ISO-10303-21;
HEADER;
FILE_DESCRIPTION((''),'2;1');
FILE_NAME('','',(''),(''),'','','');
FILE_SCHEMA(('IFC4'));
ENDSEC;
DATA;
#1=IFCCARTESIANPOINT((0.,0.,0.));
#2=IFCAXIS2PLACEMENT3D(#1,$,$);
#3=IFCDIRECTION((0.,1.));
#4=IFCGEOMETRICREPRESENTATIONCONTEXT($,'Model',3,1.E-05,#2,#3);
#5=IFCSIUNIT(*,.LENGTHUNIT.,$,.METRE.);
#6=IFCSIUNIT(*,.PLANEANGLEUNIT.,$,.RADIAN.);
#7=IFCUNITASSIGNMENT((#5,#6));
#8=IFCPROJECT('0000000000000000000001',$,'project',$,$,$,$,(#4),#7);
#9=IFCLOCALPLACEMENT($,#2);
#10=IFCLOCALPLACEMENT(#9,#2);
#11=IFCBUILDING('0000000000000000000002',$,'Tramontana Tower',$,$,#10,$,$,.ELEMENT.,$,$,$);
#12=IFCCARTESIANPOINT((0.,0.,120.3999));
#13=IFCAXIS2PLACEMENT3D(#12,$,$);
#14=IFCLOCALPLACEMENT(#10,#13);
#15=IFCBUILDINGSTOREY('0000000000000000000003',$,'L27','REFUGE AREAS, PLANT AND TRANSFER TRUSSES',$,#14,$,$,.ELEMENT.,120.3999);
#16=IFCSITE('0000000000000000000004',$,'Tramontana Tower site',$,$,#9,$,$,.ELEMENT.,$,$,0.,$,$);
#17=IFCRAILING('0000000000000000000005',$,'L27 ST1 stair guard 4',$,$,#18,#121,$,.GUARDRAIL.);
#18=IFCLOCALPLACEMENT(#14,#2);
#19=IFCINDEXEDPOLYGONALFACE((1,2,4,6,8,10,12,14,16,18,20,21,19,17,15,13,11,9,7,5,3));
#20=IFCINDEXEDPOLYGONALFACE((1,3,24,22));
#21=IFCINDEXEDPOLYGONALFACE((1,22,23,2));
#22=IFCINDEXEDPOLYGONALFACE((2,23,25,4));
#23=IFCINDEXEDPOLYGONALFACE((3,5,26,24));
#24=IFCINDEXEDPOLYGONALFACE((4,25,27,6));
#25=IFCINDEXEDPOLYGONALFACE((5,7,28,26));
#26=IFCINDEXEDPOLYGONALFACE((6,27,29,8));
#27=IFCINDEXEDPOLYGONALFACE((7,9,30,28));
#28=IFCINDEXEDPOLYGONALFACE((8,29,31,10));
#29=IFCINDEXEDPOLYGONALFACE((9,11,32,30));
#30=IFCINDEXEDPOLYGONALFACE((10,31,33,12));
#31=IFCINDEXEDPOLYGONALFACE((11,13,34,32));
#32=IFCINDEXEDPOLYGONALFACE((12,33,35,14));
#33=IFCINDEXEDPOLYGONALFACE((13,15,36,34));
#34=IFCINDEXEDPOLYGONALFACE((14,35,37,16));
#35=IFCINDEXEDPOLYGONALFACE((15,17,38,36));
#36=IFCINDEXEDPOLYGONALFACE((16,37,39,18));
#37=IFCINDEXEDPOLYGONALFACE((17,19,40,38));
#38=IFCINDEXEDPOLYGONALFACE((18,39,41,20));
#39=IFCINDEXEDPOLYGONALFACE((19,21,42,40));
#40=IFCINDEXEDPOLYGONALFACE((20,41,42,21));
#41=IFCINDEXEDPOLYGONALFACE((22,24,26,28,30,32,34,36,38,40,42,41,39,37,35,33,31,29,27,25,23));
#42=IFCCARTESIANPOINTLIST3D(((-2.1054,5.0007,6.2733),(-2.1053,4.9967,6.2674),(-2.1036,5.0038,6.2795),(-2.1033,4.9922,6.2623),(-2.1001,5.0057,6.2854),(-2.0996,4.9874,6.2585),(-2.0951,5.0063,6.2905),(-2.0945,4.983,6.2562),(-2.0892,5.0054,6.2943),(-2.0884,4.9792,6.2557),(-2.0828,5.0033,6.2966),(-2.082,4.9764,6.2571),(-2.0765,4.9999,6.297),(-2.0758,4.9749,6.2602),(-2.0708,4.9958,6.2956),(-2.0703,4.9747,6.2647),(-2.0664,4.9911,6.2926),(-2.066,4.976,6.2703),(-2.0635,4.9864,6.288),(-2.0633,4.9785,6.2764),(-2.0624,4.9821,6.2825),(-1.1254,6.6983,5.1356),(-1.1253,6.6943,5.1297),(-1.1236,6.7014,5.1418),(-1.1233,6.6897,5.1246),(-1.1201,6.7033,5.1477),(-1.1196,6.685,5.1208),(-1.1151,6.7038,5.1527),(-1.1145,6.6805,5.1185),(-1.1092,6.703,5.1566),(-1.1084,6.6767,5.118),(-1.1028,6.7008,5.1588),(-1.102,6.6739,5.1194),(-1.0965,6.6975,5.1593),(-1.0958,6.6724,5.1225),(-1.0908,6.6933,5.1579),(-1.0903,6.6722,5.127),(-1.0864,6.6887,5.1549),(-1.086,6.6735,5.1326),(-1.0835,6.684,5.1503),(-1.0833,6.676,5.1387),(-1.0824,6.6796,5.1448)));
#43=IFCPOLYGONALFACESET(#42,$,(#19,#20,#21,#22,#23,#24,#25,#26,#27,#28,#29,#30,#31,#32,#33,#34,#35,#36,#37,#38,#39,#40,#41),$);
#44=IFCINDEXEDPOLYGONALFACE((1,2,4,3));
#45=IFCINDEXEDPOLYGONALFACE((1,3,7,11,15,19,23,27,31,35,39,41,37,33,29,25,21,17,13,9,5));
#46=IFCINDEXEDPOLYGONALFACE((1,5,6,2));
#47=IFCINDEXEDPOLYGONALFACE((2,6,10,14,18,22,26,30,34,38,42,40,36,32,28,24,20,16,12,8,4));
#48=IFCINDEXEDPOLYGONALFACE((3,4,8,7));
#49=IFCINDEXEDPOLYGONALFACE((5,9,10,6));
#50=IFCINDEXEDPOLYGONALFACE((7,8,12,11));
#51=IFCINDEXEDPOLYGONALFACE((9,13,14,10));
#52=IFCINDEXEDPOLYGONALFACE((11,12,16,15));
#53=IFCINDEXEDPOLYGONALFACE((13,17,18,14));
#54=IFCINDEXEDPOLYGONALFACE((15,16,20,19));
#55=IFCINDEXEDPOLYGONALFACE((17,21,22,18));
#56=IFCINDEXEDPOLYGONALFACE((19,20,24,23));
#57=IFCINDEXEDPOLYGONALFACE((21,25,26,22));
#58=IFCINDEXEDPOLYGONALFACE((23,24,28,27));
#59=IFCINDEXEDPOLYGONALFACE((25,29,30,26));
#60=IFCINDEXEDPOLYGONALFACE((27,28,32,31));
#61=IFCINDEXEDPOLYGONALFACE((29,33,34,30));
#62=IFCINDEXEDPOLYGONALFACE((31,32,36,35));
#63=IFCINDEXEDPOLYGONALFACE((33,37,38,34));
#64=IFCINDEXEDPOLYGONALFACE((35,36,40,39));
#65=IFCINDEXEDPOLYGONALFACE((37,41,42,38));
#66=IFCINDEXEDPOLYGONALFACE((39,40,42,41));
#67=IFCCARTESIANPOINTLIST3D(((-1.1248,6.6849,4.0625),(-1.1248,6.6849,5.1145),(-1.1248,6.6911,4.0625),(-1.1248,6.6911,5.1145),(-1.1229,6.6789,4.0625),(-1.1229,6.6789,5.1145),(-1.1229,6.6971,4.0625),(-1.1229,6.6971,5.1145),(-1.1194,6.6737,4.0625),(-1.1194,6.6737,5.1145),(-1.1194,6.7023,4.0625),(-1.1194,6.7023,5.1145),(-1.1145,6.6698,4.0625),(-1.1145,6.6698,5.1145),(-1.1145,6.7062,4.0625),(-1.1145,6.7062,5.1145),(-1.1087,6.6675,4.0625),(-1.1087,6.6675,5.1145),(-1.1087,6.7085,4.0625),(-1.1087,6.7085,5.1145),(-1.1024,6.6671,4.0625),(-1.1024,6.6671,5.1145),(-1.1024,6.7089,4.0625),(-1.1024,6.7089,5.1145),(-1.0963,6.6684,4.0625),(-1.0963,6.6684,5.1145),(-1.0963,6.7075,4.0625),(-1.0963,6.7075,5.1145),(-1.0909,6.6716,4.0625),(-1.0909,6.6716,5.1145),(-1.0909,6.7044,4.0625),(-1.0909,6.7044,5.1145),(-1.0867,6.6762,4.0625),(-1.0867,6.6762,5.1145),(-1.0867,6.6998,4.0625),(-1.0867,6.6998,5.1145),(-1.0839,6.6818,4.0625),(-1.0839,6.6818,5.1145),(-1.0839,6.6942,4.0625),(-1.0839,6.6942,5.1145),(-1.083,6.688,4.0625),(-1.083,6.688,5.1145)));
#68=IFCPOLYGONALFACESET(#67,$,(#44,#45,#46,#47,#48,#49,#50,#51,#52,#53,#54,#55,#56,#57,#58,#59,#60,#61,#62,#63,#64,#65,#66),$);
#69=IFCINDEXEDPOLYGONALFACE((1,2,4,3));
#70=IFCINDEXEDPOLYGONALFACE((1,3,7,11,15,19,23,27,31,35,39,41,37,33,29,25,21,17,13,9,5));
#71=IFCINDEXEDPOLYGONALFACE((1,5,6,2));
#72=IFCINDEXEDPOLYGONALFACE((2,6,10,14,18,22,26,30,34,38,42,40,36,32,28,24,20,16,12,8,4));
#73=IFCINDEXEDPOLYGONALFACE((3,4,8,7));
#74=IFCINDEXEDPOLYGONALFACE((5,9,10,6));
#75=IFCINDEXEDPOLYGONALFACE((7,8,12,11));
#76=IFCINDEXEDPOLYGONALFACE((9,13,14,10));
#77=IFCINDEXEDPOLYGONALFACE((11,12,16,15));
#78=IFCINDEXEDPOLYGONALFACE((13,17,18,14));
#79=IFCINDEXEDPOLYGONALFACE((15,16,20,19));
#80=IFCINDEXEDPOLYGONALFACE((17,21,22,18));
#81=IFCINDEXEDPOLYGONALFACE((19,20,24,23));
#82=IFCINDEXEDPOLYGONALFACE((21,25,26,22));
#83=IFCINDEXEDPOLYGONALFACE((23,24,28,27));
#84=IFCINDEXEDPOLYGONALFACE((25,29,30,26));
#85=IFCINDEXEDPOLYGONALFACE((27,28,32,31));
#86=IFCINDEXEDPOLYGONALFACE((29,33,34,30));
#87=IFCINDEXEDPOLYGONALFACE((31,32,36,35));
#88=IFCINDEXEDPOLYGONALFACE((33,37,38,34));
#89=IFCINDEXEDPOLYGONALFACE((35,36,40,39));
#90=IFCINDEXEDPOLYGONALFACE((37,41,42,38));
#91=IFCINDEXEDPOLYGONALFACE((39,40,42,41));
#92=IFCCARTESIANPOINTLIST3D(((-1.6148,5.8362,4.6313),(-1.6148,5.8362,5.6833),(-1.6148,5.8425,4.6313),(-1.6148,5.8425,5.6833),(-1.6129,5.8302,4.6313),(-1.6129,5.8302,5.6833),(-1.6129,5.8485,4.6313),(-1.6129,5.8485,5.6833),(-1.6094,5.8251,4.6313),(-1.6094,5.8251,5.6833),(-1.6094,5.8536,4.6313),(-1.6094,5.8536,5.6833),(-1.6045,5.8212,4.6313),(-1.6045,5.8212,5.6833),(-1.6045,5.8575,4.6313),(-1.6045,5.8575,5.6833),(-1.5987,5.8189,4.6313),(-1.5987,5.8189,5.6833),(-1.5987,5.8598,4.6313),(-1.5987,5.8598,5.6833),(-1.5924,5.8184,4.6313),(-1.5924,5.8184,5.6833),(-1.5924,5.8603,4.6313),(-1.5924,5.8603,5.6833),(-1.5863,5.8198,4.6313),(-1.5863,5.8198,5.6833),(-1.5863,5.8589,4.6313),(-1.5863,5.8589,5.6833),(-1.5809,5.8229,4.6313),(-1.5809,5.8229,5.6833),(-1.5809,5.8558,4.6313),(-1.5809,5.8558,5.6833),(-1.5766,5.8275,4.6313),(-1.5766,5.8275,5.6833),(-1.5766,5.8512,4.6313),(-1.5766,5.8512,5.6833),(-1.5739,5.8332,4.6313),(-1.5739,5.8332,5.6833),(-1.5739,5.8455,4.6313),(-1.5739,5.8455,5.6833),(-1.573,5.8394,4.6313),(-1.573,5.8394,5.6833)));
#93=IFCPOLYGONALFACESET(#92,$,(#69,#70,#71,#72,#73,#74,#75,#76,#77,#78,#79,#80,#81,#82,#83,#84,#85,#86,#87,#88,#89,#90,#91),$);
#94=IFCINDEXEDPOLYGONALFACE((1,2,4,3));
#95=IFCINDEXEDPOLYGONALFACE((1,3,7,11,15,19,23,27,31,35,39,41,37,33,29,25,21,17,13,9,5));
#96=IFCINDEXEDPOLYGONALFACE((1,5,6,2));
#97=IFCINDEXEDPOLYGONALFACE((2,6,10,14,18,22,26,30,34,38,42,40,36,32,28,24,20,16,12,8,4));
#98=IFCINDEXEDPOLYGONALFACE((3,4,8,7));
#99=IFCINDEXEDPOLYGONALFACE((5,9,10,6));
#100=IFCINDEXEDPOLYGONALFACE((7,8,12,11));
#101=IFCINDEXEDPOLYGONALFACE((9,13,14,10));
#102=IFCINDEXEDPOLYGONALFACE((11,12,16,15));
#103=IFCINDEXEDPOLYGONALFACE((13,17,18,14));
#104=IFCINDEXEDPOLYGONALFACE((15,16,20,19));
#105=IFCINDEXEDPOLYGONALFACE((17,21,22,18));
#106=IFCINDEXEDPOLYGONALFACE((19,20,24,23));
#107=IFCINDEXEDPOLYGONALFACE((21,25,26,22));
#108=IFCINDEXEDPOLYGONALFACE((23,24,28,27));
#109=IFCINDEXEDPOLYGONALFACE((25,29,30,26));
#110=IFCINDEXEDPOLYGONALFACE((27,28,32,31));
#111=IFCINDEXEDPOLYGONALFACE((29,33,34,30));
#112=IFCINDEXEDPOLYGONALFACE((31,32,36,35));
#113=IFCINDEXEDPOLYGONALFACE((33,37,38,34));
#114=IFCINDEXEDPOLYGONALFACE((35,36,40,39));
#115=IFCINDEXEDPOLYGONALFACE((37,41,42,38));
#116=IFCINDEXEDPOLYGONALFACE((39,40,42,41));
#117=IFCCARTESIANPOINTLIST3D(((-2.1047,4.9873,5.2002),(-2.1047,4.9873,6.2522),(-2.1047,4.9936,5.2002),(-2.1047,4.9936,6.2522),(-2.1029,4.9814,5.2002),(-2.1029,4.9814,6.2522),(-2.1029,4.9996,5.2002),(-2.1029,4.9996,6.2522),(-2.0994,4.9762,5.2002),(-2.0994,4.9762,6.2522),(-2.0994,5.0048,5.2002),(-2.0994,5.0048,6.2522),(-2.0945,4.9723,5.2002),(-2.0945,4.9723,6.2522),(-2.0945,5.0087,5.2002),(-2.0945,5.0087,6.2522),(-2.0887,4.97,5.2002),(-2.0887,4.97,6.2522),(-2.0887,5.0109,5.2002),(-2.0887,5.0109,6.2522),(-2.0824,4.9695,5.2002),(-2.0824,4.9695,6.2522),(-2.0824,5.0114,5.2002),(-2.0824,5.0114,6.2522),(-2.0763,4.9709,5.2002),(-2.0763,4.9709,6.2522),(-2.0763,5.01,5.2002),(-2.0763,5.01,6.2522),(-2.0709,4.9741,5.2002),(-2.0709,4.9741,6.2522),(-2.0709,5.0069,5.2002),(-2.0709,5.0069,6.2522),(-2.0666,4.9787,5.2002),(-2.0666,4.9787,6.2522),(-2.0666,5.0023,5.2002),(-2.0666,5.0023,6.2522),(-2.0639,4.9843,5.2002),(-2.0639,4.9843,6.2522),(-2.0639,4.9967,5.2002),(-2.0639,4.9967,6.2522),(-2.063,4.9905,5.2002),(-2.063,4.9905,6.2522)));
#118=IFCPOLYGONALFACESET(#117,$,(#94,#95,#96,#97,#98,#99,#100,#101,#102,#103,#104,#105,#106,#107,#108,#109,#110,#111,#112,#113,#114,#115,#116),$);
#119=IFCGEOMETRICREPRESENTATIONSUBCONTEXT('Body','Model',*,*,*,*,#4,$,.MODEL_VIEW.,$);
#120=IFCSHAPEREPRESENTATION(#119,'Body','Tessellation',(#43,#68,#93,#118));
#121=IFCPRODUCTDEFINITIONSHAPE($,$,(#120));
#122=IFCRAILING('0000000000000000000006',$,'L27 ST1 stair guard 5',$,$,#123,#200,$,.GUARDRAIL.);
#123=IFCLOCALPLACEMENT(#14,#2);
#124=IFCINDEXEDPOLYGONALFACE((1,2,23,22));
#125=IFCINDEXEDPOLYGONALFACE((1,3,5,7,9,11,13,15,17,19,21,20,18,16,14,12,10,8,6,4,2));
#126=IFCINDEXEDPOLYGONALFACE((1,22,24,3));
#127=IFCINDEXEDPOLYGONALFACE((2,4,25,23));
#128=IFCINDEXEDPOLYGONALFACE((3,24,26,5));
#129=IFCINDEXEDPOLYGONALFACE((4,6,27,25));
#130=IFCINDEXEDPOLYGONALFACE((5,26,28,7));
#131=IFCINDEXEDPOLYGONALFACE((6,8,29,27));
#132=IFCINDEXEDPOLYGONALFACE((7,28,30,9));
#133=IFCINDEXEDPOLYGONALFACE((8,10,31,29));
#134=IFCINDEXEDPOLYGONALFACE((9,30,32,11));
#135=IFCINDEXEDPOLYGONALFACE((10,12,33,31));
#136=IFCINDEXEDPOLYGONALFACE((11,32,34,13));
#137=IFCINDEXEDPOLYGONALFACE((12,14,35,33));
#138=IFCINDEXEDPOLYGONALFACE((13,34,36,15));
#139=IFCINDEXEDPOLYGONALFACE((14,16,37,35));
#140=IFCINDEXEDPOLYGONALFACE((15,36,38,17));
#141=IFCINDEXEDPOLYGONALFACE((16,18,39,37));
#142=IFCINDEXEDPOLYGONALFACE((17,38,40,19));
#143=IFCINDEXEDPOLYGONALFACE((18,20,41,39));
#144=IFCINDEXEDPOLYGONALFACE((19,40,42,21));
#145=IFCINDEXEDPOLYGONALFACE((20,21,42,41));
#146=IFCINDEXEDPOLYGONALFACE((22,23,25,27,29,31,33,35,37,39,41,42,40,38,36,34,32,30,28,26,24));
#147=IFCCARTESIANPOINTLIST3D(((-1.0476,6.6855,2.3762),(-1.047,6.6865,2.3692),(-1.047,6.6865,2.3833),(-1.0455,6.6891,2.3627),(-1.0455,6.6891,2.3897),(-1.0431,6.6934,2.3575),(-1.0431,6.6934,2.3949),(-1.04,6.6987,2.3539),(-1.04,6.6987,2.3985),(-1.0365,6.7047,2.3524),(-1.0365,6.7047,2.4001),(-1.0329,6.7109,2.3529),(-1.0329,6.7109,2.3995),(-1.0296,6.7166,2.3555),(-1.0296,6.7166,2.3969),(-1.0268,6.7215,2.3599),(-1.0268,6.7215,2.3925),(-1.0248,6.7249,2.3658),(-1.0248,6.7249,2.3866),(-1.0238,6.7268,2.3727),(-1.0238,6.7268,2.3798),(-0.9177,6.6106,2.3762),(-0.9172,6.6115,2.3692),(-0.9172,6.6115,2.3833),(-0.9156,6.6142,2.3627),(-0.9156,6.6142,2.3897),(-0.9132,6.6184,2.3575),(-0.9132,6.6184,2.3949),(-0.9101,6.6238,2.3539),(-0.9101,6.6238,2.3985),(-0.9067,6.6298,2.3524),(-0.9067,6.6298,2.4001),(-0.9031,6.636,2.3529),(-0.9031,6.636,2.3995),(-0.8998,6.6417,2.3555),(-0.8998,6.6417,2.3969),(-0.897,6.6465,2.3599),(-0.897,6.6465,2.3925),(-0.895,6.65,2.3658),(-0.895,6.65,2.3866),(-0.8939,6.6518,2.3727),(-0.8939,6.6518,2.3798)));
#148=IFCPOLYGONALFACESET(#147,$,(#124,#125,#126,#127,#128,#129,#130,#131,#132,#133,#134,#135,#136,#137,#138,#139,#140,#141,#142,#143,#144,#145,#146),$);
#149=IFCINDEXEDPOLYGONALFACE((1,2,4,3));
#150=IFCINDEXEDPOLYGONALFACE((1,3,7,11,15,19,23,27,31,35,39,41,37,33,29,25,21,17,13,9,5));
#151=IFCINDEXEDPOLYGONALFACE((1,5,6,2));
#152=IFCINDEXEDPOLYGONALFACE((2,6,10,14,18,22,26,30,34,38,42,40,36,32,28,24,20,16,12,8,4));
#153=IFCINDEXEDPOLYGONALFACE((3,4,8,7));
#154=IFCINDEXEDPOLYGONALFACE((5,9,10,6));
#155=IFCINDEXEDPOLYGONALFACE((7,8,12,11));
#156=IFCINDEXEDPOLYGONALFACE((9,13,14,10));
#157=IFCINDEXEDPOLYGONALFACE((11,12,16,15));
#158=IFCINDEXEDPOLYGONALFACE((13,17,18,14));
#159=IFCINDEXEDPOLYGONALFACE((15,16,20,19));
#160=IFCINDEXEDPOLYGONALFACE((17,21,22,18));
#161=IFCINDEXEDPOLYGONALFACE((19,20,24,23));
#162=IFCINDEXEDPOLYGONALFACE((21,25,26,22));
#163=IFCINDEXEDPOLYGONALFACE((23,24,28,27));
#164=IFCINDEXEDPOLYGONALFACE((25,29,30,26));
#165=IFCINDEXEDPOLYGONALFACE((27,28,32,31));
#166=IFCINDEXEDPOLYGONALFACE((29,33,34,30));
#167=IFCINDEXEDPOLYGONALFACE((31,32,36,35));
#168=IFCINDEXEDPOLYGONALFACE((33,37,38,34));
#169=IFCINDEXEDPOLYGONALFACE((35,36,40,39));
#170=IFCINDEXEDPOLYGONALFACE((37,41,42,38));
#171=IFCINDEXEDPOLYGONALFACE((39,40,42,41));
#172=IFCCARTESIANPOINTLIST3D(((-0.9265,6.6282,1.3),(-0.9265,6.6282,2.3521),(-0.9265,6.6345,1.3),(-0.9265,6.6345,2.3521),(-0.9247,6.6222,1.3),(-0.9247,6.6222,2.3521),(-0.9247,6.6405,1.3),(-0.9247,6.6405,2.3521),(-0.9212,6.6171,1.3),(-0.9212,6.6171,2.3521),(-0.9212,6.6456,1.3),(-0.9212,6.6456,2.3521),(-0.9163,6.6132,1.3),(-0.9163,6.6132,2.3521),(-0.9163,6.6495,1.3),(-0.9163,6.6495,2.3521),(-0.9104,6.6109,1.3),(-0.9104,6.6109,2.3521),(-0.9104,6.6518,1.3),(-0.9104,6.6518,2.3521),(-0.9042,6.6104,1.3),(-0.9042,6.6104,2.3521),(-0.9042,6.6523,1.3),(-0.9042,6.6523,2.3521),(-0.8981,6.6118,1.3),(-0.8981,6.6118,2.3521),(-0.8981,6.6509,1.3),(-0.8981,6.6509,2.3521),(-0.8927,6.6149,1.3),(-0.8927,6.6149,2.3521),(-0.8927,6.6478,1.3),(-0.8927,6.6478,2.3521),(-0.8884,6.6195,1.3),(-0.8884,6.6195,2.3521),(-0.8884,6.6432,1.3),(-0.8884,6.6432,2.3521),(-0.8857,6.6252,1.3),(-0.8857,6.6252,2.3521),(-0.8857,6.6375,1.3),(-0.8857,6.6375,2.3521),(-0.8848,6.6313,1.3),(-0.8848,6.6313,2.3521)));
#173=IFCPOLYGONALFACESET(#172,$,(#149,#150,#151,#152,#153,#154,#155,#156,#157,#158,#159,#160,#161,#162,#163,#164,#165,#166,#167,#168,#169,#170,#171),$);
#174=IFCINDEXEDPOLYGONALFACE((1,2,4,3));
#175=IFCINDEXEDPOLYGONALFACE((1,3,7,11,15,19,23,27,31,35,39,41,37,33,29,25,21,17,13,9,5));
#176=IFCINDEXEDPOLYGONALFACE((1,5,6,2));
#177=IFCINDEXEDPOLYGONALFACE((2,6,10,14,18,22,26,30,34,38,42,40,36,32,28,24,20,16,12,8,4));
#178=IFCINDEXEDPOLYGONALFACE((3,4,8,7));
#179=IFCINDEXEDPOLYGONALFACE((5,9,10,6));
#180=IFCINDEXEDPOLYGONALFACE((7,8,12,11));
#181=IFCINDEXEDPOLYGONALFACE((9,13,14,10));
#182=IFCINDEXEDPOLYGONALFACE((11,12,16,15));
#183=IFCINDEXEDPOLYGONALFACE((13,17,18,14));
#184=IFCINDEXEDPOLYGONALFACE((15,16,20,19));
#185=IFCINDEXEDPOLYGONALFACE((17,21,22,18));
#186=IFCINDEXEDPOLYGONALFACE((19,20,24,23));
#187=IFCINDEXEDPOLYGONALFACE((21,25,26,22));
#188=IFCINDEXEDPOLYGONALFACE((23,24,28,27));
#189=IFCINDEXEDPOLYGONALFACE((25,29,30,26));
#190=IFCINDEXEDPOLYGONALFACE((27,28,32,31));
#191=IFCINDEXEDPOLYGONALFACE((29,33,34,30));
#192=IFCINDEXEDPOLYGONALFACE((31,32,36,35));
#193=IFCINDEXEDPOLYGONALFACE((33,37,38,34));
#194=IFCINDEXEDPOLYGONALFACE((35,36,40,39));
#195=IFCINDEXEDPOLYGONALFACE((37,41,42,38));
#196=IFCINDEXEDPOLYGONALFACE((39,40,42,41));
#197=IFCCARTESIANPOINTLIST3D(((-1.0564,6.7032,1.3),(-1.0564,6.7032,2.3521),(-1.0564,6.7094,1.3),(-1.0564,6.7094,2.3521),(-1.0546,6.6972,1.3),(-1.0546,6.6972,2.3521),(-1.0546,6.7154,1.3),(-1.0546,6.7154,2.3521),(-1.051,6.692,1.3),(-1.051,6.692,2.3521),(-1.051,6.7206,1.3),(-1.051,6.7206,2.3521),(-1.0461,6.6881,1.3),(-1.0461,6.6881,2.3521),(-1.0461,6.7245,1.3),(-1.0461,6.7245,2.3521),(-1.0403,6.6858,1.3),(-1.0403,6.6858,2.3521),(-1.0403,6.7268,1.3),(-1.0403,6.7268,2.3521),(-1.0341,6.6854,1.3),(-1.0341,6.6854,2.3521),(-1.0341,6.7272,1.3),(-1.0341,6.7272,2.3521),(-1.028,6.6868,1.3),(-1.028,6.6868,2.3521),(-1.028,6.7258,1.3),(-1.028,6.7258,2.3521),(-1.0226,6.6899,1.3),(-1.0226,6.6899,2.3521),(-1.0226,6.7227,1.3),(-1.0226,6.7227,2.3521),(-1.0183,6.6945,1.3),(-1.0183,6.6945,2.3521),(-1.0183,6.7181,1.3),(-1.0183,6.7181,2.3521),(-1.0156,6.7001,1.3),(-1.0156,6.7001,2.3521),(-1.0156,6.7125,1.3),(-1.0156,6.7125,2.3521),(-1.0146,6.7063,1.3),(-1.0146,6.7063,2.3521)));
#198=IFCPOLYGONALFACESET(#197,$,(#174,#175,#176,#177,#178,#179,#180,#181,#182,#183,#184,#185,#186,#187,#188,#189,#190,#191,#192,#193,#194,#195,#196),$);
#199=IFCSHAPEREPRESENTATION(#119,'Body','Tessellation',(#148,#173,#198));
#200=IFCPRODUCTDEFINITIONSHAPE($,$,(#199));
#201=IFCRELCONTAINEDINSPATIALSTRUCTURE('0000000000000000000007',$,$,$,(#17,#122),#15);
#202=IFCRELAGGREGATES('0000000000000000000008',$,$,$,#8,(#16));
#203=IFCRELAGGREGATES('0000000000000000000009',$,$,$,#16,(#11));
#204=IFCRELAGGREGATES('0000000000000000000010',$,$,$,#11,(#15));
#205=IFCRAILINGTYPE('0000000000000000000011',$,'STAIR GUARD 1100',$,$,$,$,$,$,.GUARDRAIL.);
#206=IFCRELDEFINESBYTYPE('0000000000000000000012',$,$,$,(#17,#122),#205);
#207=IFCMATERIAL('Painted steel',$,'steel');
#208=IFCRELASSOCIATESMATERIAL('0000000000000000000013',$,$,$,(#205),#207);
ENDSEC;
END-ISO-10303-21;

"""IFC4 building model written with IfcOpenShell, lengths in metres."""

from ifc_helpers import new_model, si_unit, direction, frame, origin, origin_2d, place, context, subcontext, project, spatial, circle, extrude, material, type_object, element, save


model = new_model("IFC4")

# Units and contexts
model_context = context("Model", 3, precision=1e-05, world=origin(), true_north=direction((0.0, 1.0)))
body_context = subcontext(model_context, "Body", "Model", "MODEL_VIEW")
ifc_project = project(units=[si_unit("LENGTHUNIT", "METRE"), si_unit("PLANEANGLEUNIT", "RADIAN")], contexts=[model_context])

# Site, building, storey
site_placement = place(None, origin())
site = spatial("IfcSite", under=ifc_project, at=site_placement, Name="Tramontana Tower site", CompositionType="ELEMENT", RefElevation=0.0)
building_placement = place(site_placement, origin())
building = spatial("IfcBuilding", under=site, at=building_placement, Name="Tramontana Tower", CompositionType="ELEMENT")
storey_placement = place(building_placement, frame((0.0, 0.0, 120.3999)))
storey = spatial("IfcBuildingStorey", under=building, at=storey_placement, Name="L27", Description="REFUGE AREAS, PLANT AND TRANSFER TRUSSES", CompositionType="ELEMENT", Elevation=120.3999)

# Railings
ifc_material_1 = material(Name="Painted steel", Category="steel")
railing_type_1 = type_object("IfcRailingType", Name="STAIR GUARD 1100", PredefinedType="GUARDRAIL", material=ifc_material_1)
railing_1_placement = place(storey_placement, frame((-1.104, 6.688, 4.0625)))
element("IfcRailing", 1, at=railing_1_placement, inside=storey, type_object=railing_type_1, Name="L27 ST1 stair guard 4", PredefinedType="GUARDRAIL", context=body_context, shape_type="SweptSolid", body=[
    extrude(circle(Radius=0.0239, at=origin_2d()), frame((0.0, 0.0, 1.0762), z_axis=(-0.432409, -0.749013, 0.501999), x_axis=(0.866042, -0.49997, 0.0)), (0.0, 0.0, 1.0), 2.2664),
    extrude(circle(Radius=0.021, at=origin_2d()), origin(), (0.0, 0.0, 1.0), 1.052),
    extrude(circle(Radius=0.021, at=origin_2d()), frame((-0.49, -0.8486, 0.5688)), (0.0, 0.0, 1.0), 1.052),
    extrude(circle(Radius=0.021, at=origin_2d()), frame((-0.98, -1.6975, 1.1377)), (0.0, 0.0, 1.0), 1.052),
])
for number, where, name in (
    (2, (-0.9058, 6.6313, 1.3), "L27 ST1 stair guard 5"),
):
    element("IfcRailing", number, at=place(storey_placement, frame(where)), inside=storey, type_object=railing_type_1, Name=name, PredefinedType="GUARDRAIL", context=body_context, shape_type="SweptSolid", body=[
        extrude(circle(Radius=0.0239, at=origin_2d()), frame((0.0, 0.0, 1.0762), z_axis=(-0.866131, 0.499816, 0.0), x_axis=(-0.499816, -0.866131, 0.0)), (0.0, 0.0, 1.0), 0.1499),
        extrude(circle(Radius=0.021, at=origin_2d()), origin(), (0.0, 0.0, 1.0), 1.052),
        extrude(circle(Radius=0.021, at=origin_2d()), frame((-0.1299, 0.075, 0.0)), (0.0, 0.0, 1.0), 1.052),
    ])

save(model, "model.ifc")
